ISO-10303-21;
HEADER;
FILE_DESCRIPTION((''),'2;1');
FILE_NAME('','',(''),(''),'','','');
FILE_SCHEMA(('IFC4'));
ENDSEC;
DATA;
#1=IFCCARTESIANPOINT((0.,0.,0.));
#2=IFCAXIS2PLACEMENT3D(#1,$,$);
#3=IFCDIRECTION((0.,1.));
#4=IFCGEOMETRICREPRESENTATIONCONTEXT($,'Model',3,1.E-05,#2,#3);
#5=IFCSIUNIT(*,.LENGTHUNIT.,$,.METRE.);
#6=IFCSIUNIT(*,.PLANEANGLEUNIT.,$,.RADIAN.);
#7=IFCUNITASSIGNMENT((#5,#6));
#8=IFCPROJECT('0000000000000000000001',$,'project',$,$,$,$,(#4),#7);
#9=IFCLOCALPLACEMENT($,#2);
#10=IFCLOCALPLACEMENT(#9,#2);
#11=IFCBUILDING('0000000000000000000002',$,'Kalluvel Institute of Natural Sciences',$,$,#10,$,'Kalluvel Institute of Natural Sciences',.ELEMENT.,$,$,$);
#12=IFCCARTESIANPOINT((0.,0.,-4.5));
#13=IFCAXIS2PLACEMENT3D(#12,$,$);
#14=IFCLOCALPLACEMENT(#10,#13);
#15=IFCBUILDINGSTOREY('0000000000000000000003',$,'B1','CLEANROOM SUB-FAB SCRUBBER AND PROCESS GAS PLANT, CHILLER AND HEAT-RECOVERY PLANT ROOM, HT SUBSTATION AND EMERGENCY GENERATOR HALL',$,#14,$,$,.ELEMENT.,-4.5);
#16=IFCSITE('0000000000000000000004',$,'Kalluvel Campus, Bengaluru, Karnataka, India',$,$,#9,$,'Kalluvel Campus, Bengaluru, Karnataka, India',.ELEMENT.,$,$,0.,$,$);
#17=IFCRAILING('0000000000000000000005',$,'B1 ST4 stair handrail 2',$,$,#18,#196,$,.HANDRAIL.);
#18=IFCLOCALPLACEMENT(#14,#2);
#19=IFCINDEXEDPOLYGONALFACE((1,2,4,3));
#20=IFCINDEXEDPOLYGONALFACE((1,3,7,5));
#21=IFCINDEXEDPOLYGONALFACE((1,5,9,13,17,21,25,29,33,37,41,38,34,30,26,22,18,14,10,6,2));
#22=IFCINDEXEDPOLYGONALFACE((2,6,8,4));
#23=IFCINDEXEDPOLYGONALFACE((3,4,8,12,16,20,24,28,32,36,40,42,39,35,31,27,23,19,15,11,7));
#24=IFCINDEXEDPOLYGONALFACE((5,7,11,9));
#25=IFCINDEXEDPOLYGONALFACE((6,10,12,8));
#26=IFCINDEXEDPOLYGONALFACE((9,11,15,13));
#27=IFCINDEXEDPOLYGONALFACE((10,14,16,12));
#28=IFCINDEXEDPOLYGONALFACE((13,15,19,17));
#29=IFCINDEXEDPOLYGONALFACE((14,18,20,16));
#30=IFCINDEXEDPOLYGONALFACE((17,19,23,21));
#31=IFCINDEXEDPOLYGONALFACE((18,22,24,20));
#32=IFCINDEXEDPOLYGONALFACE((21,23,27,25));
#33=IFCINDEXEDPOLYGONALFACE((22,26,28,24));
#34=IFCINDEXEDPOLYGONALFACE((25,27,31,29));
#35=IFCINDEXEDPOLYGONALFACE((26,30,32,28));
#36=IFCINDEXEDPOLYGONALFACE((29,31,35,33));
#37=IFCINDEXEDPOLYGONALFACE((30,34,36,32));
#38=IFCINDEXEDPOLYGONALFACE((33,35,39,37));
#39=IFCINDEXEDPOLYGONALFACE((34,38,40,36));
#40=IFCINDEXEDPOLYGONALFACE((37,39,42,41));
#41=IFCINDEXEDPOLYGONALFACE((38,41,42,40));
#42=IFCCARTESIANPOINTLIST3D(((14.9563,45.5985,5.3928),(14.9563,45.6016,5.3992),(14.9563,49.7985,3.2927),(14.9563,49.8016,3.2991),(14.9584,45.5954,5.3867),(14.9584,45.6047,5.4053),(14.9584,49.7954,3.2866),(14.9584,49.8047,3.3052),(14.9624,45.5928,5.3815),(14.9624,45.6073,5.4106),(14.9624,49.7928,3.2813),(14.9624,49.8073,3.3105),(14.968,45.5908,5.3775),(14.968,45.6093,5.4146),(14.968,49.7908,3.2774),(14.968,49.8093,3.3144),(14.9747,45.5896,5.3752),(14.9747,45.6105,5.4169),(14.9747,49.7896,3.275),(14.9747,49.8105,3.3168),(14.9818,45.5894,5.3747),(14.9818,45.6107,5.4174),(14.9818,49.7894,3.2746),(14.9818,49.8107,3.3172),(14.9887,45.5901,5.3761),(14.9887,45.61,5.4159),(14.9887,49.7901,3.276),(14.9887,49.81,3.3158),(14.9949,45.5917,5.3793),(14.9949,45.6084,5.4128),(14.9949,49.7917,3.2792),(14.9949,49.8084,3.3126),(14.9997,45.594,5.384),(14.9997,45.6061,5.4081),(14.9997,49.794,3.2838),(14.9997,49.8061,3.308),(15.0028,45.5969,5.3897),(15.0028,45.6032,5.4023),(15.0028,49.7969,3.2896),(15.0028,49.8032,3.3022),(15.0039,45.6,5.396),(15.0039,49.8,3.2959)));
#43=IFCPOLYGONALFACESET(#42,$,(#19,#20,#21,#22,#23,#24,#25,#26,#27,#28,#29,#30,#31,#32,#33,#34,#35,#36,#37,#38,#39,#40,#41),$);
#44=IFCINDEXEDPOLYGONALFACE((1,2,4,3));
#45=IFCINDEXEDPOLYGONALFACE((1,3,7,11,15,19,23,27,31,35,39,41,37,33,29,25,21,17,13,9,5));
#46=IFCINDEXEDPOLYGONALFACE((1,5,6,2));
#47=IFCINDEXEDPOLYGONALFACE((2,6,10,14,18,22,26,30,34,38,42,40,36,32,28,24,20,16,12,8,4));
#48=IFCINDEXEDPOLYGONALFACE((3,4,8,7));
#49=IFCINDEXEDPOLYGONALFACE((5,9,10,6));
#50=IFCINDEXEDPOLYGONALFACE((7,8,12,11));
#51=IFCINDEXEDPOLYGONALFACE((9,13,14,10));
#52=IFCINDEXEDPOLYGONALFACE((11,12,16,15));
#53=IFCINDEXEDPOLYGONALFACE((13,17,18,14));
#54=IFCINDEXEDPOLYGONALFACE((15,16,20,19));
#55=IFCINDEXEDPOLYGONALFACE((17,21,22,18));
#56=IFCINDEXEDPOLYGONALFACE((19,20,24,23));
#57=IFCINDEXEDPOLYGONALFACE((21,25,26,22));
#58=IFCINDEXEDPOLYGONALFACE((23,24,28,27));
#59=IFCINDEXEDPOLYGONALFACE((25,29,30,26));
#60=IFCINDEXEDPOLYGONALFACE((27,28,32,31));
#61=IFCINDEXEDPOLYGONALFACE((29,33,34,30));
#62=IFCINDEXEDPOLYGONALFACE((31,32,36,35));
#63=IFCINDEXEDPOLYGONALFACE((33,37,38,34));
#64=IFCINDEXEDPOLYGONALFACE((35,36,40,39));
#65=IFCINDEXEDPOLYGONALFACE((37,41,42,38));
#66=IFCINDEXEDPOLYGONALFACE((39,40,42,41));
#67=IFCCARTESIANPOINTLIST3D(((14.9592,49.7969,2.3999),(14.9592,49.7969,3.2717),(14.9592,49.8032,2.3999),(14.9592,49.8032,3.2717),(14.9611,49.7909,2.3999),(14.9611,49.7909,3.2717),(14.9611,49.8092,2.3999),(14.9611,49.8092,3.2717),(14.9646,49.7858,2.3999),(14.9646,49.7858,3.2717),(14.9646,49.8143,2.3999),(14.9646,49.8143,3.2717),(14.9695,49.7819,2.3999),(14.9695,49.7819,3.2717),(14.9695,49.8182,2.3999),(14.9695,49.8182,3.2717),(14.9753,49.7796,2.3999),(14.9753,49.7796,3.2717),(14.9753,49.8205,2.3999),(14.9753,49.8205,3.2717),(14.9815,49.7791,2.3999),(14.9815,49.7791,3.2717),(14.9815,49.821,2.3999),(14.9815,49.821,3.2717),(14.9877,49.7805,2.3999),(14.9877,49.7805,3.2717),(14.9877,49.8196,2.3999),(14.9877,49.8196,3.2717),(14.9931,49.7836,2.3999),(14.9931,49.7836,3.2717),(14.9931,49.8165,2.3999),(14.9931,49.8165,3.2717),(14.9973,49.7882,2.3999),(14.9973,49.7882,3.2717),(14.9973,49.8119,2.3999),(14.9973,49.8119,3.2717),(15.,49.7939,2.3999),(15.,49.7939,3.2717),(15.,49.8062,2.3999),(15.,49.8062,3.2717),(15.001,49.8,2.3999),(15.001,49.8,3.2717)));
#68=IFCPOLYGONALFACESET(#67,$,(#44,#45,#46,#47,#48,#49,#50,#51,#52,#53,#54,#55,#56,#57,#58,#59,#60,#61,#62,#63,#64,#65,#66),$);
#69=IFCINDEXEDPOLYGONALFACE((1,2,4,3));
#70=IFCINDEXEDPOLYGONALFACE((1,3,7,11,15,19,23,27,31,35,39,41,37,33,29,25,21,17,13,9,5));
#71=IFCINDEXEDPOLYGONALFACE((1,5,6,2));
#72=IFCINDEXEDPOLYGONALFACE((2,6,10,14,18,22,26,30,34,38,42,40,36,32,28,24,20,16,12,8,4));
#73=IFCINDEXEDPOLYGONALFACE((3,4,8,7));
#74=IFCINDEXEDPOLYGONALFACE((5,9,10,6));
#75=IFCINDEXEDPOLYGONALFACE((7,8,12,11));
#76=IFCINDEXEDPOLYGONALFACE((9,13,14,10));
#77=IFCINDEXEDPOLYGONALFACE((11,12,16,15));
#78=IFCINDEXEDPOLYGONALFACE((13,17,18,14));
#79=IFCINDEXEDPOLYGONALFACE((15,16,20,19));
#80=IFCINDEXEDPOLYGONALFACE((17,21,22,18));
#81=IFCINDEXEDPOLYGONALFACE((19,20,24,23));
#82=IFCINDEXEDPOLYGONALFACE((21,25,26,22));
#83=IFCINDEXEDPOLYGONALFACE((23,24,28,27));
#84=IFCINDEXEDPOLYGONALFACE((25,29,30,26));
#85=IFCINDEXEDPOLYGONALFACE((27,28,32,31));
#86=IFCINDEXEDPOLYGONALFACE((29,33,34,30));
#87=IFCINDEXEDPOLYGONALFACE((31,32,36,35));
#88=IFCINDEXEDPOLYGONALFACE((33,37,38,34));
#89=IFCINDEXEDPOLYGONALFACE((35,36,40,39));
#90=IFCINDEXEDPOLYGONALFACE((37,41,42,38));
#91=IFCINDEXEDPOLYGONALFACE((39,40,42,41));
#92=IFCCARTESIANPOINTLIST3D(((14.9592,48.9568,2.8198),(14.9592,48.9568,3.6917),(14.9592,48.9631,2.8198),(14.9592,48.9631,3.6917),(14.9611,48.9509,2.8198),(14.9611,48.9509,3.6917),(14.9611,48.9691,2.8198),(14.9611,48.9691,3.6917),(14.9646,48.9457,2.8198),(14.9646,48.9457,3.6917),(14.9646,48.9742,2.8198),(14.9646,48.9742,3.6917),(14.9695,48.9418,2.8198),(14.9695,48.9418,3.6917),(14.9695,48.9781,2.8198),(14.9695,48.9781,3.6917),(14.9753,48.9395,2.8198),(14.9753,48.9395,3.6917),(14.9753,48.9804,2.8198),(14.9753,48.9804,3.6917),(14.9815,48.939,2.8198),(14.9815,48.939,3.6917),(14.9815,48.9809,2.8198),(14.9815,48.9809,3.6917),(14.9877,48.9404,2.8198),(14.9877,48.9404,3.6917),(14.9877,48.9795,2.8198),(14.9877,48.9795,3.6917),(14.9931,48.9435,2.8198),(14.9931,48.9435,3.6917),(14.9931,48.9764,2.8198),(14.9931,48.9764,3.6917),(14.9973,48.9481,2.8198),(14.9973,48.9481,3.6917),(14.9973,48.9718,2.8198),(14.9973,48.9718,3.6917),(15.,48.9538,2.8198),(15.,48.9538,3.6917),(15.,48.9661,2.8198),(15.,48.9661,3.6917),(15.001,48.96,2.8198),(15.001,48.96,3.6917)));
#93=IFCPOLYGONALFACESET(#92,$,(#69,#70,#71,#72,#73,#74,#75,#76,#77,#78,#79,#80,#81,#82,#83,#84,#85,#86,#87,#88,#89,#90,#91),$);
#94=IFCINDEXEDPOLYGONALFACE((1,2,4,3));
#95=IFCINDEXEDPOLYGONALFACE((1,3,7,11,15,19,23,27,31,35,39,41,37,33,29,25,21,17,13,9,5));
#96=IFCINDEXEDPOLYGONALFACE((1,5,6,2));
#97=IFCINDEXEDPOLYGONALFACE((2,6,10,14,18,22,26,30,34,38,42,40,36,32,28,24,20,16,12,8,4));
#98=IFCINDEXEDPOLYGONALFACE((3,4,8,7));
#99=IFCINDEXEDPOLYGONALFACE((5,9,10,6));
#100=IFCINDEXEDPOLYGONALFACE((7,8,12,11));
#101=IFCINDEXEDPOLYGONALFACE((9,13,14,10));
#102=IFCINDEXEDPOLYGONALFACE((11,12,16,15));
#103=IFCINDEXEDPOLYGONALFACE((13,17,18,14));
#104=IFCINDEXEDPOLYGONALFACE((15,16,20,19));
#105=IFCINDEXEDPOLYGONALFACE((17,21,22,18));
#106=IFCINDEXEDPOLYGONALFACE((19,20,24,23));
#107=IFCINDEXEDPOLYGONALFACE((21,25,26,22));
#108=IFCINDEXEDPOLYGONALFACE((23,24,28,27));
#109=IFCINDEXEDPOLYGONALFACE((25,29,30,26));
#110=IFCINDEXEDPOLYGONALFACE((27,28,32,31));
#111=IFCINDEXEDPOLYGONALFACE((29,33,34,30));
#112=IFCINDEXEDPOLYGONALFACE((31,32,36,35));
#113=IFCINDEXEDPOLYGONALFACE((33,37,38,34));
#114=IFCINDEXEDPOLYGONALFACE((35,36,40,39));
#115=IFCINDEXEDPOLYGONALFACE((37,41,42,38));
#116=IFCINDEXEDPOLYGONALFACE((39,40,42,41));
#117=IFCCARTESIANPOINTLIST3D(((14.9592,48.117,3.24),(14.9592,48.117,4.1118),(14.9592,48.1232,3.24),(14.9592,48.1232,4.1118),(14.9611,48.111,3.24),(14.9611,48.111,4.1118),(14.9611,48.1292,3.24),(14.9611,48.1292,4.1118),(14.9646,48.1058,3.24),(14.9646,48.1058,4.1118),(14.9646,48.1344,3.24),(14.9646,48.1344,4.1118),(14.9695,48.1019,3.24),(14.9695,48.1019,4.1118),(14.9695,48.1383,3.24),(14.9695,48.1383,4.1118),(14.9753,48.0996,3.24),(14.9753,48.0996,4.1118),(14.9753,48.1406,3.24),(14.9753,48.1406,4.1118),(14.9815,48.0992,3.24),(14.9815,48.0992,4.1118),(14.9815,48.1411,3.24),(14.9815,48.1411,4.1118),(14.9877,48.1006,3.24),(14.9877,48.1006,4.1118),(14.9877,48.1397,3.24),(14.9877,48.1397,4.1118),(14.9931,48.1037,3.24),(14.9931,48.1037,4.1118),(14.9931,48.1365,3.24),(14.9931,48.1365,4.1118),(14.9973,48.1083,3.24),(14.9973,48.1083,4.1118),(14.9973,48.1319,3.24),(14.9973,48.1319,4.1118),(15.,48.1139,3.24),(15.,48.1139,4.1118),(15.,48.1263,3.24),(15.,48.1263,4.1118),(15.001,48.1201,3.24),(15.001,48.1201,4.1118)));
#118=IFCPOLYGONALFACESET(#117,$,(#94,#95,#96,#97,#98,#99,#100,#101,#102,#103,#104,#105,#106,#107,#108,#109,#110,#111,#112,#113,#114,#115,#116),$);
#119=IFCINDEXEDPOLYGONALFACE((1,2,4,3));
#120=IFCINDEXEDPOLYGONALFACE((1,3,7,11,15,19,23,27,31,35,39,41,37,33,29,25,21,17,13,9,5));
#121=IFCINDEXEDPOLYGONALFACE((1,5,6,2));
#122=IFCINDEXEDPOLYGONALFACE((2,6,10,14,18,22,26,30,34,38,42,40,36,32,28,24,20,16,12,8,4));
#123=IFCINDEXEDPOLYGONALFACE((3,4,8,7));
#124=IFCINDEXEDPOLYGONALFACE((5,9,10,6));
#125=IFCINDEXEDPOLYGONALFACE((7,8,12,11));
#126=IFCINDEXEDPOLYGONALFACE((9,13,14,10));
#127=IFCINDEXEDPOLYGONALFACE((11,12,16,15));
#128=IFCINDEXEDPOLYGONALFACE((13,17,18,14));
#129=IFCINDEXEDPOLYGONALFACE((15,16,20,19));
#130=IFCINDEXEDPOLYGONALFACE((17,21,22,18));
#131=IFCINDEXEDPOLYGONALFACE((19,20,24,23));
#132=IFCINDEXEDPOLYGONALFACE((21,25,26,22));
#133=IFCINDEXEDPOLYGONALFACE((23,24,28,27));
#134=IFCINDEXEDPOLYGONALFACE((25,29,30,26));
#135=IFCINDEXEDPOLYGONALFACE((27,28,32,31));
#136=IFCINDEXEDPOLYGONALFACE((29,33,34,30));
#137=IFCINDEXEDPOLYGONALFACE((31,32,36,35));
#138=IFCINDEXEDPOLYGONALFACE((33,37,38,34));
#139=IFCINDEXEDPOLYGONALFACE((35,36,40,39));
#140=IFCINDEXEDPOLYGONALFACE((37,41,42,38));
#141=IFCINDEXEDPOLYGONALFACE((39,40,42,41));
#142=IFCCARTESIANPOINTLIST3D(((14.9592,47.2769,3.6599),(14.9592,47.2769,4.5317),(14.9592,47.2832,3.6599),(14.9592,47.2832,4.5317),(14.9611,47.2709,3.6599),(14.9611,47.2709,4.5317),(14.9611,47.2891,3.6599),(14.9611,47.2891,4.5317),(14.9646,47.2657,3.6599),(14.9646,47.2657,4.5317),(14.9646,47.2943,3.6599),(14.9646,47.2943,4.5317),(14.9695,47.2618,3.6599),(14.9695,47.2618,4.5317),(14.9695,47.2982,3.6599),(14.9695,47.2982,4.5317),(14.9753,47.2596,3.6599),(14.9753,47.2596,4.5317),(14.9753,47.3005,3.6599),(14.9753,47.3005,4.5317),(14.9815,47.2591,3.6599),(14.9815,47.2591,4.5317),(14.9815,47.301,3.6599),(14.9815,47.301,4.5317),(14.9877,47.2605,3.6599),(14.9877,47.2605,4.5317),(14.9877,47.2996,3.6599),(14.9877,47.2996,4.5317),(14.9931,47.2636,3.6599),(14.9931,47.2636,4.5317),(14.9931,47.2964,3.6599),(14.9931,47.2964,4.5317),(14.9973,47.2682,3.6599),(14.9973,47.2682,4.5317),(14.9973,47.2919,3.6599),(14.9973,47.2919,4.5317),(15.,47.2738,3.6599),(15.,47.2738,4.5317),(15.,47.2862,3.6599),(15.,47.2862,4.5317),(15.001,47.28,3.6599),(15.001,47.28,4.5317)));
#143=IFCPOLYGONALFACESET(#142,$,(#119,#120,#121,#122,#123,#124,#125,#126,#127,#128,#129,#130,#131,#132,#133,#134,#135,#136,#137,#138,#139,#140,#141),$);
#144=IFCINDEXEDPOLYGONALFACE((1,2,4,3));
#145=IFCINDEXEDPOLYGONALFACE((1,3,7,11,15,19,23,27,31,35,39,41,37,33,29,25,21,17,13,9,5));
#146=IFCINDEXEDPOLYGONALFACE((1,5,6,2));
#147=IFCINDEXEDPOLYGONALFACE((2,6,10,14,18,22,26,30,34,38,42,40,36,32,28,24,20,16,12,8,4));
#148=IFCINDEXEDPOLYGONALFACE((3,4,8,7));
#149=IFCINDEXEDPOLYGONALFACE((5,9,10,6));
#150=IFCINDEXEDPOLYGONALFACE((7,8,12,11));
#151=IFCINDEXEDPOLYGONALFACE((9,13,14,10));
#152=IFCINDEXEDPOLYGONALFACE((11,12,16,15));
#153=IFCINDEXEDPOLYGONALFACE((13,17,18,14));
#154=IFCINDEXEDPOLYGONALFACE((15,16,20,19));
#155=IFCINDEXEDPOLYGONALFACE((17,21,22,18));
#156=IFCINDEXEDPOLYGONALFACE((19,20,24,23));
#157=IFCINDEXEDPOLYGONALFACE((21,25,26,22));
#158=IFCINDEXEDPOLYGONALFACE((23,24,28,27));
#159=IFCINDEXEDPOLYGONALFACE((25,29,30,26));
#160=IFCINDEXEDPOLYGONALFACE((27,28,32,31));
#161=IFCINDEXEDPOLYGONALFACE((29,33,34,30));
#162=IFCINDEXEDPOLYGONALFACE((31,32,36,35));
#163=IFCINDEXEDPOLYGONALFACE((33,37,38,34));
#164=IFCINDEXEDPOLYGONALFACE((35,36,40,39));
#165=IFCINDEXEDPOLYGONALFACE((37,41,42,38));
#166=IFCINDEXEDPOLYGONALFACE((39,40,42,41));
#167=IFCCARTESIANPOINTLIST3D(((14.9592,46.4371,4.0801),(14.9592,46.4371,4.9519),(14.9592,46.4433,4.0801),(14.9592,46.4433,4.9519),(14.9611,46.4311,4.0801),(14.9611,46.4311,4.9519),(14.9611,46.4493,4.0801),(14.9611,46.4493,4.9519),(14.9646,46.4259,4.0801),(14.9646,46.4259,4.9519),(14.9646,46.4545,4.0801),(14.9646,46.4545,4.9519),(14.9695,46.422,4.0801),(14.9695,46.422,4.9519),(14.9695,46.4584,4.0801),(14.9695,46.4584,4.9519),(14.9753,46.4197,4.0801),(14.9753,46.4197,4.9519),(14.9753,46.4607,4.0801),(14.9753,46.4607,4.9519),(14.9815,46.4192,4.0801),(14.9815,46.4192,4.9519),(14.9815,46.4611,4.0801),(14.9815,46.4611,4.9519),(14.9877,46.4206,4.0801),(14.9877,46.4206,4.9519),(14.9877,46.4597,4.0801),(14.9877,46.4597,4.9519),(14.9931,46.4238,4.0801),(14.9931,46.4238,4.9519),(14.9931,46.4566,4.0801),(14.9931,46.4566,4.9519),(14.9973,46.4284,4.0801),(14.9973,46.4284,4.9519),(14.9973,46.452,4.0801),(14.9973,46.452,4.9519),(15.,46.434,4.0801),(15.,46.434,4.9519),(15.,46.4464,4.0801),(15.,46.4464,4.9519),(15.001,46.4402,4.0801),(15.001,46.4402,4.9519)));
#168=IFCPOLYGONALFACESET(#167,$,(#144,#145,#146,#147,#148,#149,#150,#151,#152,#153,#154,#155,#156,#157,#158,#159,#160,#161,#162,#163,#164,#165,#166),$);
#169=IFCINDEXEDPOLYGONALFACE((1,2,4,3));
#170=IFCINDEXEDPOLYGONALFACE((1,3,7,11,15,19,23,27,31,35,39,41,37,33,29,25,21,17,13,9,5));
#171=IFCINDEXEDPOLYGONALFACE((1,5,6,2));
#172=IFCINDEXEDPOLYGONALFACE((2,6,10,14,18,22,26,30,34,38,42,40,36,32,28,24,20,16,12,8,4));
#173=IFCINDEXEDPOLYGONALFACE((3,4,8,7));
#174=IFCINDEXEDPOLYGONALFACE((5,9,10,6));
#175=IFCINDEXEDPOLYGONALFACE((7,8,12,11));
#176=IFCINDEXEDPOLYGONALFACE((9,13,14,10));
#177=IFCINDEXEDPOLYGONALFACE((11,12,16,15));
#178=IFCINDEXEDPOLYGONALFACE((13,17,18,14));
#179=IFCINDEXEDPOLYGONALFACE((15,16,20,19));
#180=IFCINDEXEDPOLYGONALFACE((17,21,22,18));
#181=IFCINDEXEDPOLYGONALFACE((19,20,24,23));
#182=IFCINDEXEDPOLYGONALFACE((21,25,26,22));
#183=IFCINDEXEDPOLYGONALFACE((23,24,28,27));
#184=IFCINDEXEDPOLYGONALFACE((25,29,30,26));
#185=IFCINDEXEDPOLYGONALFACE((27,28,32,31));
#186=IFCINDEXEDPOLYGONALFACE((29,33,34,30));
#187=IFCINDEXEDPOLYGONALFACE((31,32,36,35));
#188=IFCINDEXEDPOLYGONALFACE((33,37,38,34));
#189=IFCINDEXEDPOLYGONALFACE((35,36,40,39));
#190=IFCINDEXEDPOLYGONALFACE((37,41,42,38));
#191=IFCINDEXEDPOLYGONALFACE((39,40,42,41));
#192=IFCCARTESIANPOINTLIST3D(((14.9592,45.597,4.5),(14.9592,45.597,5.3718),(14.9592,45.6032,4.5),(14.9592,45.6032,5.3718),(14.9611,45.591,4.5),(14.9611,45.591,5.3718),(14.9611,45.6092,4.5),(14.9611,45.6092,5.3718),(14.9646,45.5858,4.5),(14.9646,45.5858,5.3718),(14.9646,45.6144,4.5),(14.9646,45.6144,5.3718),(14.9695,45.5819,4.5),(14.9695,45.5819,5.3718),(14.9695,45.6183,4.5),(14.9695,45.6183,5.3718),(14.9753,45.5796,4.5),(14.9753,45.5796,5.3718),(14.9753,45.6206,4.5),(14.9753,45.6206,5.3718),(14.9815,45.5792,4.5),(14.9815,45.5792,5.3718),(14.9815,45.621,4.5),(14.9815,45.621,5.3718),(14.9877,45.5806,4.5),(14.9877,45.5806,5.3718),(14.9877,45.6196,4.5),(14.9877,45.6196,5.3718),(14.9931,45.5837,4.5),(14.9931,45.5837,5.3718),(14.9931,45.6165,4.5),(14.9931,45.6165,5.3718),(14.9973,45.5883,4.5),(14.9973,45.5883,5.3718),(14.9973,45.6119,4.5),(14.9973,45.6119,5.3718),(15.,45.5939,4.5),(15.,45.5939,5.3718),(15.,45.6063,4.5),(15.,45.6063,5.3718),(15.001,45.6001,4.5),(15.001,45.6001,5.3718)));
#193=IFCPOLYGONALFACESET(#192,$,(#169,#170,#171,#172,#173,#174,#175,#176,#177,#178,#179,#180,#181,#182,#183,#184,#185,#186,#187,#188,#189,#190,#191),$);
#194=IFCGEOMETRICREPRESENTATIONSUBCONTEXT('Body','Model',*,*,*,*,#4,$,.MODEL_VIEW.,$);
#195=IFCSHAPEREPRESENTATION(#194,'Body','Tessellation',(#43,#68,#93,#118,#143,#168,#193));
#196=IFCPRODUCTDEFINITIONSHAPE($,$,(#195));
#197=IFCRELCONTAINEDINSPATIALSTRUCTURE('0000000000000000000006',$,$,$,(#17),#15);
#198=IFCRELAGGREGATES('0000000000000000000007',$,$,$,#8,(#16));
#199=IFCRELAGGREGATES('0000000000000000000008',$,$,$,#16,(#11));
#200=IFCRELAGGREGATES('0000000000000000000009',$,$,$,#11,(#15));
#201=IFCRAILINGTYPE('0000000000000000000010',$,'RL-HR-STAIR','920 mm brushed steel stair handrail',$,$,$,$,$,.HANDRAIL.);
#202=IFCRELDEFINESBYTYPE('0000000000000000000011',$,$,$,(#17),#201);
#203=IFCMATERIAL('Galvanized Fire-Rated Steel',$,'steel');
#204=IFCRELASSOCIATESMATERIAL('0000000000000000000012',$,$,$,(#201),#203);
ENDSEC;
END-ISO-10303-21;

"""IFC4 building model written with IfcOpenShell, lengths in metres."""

from ifc_helpers import new_model, si_unit, direction, frame, origin, origin_2d, place, context, subcontext, project, spatial, circle, extrude, material, type_object, element, save


model = new_model("IFC4")

# Units and contexts
model_context = context("Model", 3, precision=1e-05, world=origin(), true_north=direction((0.0, 1.0)))
body_context = subcontext(model_context, "Body", "Model", "MODEL_VIEW")
ifc_project = project(units=[si_unit("LENGTHUNIT", "METRE"), si_unit("PLANEANGLEUNIT", "RADIAN")], contexts=[model_context])

# Site, building, storey
site_placement = place(None, origin())
site = spatial("IfcSite", under=ifc_project, at=site_placement, Name="Kalluvel Campus, Bengaluru, Karnataka, India", LongName="Kalluvel Campus, Bengaluru, Karnataka, India", CompositionType="ELEMENT", RefElevation=0.0)
building_placement = place(site_placement, origin())
building = spatial("IfcBuilding", under=site, at=building_placement, Name="Kalluvel Institute of Natural Sciences", LongName="Kalluvel Institute of Natural Sciences", CompositionType="ELEMENT")
storey_placement = place(building_placement, frame((0.0, 0.0, -4.5)))
storey = spatial("IfcBuildingStorey", under=building, at=storey_placement, Name="B1", Description="CLEANROOM SUB-FAB SCRUBBER AND PROCESS GAS PLANT, CHILLER AND HEAT-RECOVERY PLANT ROOM, HT SUBSTATION AND EMERGENCY GENERATOR HALL", CompositionType="ELEMENT", Elevation=-4.5)

# Shared definitions
ifc_material_1 = material(Name="Galvanized Fire-Rated Steel", Category="steel")

# Railing
railing_type_1 = type_object("IfcRailingType", Name="RL-HR-STAIR", Description="920 mm brushed steel stair handrail", PredefinedType="HANDRAIL", material=ifc_material_1)
railing_1_placement = place(storey_placement, frame((14.98, 49.8, 2.3999)))
element("IfcRailing", 1, at=railing_1_placement, inside=storey, type_object=railing_type_1, Name="B1 ST4 stair handrail 2", PredefinedType="HANDRAIL", context=body_context, shape_type="SweptSolid", body=[
    extrude(circle(Radius=0.0239, at=origin_2d()), frame((0.0, 0.0, 0.896), z_axis=(0.0, -0.894417, 0.447234), x_axis=(1.0, 0.0, 0.0)), (0.0, 0.0, 1.0), 4.6958),
    extrude(circle(Radius=0.021, at=origin_2d()), origin(), (0.0, 0.0, 1.0), 0.8718),
    extrude(circle(Radius=0.021, at=origin_2d()), frame((0.0, -0.8401, 0.4199)), (0.0, 0.0, 1.0), 0.8718),
    extrude(circle(Radius=0.021, at=origin_2d()), frame((0.0, -1.6799, 0.8401)), (0.0, 0.0, 1.0), 0.8718),
    extrude(circle(Radius=0.021, at=origin_2d()), frame((0.0, -2.52, 1.26)), (0.0, 0.0, 1.0), 0.8718),
    extrude(circle(Radius=0.021, at=origin_2d()), frame((0.0, -3.3599, 1.6802)), (0.0, 0.0, 1.0), 0.8718),
    extrude(circle(Radius=0.021, at=origin_2d()), frame((0.0, -4.2, 2.1001)), (0.0, 0.0, 1.0), 0.8718),
])

save(model, "model.ifc")
